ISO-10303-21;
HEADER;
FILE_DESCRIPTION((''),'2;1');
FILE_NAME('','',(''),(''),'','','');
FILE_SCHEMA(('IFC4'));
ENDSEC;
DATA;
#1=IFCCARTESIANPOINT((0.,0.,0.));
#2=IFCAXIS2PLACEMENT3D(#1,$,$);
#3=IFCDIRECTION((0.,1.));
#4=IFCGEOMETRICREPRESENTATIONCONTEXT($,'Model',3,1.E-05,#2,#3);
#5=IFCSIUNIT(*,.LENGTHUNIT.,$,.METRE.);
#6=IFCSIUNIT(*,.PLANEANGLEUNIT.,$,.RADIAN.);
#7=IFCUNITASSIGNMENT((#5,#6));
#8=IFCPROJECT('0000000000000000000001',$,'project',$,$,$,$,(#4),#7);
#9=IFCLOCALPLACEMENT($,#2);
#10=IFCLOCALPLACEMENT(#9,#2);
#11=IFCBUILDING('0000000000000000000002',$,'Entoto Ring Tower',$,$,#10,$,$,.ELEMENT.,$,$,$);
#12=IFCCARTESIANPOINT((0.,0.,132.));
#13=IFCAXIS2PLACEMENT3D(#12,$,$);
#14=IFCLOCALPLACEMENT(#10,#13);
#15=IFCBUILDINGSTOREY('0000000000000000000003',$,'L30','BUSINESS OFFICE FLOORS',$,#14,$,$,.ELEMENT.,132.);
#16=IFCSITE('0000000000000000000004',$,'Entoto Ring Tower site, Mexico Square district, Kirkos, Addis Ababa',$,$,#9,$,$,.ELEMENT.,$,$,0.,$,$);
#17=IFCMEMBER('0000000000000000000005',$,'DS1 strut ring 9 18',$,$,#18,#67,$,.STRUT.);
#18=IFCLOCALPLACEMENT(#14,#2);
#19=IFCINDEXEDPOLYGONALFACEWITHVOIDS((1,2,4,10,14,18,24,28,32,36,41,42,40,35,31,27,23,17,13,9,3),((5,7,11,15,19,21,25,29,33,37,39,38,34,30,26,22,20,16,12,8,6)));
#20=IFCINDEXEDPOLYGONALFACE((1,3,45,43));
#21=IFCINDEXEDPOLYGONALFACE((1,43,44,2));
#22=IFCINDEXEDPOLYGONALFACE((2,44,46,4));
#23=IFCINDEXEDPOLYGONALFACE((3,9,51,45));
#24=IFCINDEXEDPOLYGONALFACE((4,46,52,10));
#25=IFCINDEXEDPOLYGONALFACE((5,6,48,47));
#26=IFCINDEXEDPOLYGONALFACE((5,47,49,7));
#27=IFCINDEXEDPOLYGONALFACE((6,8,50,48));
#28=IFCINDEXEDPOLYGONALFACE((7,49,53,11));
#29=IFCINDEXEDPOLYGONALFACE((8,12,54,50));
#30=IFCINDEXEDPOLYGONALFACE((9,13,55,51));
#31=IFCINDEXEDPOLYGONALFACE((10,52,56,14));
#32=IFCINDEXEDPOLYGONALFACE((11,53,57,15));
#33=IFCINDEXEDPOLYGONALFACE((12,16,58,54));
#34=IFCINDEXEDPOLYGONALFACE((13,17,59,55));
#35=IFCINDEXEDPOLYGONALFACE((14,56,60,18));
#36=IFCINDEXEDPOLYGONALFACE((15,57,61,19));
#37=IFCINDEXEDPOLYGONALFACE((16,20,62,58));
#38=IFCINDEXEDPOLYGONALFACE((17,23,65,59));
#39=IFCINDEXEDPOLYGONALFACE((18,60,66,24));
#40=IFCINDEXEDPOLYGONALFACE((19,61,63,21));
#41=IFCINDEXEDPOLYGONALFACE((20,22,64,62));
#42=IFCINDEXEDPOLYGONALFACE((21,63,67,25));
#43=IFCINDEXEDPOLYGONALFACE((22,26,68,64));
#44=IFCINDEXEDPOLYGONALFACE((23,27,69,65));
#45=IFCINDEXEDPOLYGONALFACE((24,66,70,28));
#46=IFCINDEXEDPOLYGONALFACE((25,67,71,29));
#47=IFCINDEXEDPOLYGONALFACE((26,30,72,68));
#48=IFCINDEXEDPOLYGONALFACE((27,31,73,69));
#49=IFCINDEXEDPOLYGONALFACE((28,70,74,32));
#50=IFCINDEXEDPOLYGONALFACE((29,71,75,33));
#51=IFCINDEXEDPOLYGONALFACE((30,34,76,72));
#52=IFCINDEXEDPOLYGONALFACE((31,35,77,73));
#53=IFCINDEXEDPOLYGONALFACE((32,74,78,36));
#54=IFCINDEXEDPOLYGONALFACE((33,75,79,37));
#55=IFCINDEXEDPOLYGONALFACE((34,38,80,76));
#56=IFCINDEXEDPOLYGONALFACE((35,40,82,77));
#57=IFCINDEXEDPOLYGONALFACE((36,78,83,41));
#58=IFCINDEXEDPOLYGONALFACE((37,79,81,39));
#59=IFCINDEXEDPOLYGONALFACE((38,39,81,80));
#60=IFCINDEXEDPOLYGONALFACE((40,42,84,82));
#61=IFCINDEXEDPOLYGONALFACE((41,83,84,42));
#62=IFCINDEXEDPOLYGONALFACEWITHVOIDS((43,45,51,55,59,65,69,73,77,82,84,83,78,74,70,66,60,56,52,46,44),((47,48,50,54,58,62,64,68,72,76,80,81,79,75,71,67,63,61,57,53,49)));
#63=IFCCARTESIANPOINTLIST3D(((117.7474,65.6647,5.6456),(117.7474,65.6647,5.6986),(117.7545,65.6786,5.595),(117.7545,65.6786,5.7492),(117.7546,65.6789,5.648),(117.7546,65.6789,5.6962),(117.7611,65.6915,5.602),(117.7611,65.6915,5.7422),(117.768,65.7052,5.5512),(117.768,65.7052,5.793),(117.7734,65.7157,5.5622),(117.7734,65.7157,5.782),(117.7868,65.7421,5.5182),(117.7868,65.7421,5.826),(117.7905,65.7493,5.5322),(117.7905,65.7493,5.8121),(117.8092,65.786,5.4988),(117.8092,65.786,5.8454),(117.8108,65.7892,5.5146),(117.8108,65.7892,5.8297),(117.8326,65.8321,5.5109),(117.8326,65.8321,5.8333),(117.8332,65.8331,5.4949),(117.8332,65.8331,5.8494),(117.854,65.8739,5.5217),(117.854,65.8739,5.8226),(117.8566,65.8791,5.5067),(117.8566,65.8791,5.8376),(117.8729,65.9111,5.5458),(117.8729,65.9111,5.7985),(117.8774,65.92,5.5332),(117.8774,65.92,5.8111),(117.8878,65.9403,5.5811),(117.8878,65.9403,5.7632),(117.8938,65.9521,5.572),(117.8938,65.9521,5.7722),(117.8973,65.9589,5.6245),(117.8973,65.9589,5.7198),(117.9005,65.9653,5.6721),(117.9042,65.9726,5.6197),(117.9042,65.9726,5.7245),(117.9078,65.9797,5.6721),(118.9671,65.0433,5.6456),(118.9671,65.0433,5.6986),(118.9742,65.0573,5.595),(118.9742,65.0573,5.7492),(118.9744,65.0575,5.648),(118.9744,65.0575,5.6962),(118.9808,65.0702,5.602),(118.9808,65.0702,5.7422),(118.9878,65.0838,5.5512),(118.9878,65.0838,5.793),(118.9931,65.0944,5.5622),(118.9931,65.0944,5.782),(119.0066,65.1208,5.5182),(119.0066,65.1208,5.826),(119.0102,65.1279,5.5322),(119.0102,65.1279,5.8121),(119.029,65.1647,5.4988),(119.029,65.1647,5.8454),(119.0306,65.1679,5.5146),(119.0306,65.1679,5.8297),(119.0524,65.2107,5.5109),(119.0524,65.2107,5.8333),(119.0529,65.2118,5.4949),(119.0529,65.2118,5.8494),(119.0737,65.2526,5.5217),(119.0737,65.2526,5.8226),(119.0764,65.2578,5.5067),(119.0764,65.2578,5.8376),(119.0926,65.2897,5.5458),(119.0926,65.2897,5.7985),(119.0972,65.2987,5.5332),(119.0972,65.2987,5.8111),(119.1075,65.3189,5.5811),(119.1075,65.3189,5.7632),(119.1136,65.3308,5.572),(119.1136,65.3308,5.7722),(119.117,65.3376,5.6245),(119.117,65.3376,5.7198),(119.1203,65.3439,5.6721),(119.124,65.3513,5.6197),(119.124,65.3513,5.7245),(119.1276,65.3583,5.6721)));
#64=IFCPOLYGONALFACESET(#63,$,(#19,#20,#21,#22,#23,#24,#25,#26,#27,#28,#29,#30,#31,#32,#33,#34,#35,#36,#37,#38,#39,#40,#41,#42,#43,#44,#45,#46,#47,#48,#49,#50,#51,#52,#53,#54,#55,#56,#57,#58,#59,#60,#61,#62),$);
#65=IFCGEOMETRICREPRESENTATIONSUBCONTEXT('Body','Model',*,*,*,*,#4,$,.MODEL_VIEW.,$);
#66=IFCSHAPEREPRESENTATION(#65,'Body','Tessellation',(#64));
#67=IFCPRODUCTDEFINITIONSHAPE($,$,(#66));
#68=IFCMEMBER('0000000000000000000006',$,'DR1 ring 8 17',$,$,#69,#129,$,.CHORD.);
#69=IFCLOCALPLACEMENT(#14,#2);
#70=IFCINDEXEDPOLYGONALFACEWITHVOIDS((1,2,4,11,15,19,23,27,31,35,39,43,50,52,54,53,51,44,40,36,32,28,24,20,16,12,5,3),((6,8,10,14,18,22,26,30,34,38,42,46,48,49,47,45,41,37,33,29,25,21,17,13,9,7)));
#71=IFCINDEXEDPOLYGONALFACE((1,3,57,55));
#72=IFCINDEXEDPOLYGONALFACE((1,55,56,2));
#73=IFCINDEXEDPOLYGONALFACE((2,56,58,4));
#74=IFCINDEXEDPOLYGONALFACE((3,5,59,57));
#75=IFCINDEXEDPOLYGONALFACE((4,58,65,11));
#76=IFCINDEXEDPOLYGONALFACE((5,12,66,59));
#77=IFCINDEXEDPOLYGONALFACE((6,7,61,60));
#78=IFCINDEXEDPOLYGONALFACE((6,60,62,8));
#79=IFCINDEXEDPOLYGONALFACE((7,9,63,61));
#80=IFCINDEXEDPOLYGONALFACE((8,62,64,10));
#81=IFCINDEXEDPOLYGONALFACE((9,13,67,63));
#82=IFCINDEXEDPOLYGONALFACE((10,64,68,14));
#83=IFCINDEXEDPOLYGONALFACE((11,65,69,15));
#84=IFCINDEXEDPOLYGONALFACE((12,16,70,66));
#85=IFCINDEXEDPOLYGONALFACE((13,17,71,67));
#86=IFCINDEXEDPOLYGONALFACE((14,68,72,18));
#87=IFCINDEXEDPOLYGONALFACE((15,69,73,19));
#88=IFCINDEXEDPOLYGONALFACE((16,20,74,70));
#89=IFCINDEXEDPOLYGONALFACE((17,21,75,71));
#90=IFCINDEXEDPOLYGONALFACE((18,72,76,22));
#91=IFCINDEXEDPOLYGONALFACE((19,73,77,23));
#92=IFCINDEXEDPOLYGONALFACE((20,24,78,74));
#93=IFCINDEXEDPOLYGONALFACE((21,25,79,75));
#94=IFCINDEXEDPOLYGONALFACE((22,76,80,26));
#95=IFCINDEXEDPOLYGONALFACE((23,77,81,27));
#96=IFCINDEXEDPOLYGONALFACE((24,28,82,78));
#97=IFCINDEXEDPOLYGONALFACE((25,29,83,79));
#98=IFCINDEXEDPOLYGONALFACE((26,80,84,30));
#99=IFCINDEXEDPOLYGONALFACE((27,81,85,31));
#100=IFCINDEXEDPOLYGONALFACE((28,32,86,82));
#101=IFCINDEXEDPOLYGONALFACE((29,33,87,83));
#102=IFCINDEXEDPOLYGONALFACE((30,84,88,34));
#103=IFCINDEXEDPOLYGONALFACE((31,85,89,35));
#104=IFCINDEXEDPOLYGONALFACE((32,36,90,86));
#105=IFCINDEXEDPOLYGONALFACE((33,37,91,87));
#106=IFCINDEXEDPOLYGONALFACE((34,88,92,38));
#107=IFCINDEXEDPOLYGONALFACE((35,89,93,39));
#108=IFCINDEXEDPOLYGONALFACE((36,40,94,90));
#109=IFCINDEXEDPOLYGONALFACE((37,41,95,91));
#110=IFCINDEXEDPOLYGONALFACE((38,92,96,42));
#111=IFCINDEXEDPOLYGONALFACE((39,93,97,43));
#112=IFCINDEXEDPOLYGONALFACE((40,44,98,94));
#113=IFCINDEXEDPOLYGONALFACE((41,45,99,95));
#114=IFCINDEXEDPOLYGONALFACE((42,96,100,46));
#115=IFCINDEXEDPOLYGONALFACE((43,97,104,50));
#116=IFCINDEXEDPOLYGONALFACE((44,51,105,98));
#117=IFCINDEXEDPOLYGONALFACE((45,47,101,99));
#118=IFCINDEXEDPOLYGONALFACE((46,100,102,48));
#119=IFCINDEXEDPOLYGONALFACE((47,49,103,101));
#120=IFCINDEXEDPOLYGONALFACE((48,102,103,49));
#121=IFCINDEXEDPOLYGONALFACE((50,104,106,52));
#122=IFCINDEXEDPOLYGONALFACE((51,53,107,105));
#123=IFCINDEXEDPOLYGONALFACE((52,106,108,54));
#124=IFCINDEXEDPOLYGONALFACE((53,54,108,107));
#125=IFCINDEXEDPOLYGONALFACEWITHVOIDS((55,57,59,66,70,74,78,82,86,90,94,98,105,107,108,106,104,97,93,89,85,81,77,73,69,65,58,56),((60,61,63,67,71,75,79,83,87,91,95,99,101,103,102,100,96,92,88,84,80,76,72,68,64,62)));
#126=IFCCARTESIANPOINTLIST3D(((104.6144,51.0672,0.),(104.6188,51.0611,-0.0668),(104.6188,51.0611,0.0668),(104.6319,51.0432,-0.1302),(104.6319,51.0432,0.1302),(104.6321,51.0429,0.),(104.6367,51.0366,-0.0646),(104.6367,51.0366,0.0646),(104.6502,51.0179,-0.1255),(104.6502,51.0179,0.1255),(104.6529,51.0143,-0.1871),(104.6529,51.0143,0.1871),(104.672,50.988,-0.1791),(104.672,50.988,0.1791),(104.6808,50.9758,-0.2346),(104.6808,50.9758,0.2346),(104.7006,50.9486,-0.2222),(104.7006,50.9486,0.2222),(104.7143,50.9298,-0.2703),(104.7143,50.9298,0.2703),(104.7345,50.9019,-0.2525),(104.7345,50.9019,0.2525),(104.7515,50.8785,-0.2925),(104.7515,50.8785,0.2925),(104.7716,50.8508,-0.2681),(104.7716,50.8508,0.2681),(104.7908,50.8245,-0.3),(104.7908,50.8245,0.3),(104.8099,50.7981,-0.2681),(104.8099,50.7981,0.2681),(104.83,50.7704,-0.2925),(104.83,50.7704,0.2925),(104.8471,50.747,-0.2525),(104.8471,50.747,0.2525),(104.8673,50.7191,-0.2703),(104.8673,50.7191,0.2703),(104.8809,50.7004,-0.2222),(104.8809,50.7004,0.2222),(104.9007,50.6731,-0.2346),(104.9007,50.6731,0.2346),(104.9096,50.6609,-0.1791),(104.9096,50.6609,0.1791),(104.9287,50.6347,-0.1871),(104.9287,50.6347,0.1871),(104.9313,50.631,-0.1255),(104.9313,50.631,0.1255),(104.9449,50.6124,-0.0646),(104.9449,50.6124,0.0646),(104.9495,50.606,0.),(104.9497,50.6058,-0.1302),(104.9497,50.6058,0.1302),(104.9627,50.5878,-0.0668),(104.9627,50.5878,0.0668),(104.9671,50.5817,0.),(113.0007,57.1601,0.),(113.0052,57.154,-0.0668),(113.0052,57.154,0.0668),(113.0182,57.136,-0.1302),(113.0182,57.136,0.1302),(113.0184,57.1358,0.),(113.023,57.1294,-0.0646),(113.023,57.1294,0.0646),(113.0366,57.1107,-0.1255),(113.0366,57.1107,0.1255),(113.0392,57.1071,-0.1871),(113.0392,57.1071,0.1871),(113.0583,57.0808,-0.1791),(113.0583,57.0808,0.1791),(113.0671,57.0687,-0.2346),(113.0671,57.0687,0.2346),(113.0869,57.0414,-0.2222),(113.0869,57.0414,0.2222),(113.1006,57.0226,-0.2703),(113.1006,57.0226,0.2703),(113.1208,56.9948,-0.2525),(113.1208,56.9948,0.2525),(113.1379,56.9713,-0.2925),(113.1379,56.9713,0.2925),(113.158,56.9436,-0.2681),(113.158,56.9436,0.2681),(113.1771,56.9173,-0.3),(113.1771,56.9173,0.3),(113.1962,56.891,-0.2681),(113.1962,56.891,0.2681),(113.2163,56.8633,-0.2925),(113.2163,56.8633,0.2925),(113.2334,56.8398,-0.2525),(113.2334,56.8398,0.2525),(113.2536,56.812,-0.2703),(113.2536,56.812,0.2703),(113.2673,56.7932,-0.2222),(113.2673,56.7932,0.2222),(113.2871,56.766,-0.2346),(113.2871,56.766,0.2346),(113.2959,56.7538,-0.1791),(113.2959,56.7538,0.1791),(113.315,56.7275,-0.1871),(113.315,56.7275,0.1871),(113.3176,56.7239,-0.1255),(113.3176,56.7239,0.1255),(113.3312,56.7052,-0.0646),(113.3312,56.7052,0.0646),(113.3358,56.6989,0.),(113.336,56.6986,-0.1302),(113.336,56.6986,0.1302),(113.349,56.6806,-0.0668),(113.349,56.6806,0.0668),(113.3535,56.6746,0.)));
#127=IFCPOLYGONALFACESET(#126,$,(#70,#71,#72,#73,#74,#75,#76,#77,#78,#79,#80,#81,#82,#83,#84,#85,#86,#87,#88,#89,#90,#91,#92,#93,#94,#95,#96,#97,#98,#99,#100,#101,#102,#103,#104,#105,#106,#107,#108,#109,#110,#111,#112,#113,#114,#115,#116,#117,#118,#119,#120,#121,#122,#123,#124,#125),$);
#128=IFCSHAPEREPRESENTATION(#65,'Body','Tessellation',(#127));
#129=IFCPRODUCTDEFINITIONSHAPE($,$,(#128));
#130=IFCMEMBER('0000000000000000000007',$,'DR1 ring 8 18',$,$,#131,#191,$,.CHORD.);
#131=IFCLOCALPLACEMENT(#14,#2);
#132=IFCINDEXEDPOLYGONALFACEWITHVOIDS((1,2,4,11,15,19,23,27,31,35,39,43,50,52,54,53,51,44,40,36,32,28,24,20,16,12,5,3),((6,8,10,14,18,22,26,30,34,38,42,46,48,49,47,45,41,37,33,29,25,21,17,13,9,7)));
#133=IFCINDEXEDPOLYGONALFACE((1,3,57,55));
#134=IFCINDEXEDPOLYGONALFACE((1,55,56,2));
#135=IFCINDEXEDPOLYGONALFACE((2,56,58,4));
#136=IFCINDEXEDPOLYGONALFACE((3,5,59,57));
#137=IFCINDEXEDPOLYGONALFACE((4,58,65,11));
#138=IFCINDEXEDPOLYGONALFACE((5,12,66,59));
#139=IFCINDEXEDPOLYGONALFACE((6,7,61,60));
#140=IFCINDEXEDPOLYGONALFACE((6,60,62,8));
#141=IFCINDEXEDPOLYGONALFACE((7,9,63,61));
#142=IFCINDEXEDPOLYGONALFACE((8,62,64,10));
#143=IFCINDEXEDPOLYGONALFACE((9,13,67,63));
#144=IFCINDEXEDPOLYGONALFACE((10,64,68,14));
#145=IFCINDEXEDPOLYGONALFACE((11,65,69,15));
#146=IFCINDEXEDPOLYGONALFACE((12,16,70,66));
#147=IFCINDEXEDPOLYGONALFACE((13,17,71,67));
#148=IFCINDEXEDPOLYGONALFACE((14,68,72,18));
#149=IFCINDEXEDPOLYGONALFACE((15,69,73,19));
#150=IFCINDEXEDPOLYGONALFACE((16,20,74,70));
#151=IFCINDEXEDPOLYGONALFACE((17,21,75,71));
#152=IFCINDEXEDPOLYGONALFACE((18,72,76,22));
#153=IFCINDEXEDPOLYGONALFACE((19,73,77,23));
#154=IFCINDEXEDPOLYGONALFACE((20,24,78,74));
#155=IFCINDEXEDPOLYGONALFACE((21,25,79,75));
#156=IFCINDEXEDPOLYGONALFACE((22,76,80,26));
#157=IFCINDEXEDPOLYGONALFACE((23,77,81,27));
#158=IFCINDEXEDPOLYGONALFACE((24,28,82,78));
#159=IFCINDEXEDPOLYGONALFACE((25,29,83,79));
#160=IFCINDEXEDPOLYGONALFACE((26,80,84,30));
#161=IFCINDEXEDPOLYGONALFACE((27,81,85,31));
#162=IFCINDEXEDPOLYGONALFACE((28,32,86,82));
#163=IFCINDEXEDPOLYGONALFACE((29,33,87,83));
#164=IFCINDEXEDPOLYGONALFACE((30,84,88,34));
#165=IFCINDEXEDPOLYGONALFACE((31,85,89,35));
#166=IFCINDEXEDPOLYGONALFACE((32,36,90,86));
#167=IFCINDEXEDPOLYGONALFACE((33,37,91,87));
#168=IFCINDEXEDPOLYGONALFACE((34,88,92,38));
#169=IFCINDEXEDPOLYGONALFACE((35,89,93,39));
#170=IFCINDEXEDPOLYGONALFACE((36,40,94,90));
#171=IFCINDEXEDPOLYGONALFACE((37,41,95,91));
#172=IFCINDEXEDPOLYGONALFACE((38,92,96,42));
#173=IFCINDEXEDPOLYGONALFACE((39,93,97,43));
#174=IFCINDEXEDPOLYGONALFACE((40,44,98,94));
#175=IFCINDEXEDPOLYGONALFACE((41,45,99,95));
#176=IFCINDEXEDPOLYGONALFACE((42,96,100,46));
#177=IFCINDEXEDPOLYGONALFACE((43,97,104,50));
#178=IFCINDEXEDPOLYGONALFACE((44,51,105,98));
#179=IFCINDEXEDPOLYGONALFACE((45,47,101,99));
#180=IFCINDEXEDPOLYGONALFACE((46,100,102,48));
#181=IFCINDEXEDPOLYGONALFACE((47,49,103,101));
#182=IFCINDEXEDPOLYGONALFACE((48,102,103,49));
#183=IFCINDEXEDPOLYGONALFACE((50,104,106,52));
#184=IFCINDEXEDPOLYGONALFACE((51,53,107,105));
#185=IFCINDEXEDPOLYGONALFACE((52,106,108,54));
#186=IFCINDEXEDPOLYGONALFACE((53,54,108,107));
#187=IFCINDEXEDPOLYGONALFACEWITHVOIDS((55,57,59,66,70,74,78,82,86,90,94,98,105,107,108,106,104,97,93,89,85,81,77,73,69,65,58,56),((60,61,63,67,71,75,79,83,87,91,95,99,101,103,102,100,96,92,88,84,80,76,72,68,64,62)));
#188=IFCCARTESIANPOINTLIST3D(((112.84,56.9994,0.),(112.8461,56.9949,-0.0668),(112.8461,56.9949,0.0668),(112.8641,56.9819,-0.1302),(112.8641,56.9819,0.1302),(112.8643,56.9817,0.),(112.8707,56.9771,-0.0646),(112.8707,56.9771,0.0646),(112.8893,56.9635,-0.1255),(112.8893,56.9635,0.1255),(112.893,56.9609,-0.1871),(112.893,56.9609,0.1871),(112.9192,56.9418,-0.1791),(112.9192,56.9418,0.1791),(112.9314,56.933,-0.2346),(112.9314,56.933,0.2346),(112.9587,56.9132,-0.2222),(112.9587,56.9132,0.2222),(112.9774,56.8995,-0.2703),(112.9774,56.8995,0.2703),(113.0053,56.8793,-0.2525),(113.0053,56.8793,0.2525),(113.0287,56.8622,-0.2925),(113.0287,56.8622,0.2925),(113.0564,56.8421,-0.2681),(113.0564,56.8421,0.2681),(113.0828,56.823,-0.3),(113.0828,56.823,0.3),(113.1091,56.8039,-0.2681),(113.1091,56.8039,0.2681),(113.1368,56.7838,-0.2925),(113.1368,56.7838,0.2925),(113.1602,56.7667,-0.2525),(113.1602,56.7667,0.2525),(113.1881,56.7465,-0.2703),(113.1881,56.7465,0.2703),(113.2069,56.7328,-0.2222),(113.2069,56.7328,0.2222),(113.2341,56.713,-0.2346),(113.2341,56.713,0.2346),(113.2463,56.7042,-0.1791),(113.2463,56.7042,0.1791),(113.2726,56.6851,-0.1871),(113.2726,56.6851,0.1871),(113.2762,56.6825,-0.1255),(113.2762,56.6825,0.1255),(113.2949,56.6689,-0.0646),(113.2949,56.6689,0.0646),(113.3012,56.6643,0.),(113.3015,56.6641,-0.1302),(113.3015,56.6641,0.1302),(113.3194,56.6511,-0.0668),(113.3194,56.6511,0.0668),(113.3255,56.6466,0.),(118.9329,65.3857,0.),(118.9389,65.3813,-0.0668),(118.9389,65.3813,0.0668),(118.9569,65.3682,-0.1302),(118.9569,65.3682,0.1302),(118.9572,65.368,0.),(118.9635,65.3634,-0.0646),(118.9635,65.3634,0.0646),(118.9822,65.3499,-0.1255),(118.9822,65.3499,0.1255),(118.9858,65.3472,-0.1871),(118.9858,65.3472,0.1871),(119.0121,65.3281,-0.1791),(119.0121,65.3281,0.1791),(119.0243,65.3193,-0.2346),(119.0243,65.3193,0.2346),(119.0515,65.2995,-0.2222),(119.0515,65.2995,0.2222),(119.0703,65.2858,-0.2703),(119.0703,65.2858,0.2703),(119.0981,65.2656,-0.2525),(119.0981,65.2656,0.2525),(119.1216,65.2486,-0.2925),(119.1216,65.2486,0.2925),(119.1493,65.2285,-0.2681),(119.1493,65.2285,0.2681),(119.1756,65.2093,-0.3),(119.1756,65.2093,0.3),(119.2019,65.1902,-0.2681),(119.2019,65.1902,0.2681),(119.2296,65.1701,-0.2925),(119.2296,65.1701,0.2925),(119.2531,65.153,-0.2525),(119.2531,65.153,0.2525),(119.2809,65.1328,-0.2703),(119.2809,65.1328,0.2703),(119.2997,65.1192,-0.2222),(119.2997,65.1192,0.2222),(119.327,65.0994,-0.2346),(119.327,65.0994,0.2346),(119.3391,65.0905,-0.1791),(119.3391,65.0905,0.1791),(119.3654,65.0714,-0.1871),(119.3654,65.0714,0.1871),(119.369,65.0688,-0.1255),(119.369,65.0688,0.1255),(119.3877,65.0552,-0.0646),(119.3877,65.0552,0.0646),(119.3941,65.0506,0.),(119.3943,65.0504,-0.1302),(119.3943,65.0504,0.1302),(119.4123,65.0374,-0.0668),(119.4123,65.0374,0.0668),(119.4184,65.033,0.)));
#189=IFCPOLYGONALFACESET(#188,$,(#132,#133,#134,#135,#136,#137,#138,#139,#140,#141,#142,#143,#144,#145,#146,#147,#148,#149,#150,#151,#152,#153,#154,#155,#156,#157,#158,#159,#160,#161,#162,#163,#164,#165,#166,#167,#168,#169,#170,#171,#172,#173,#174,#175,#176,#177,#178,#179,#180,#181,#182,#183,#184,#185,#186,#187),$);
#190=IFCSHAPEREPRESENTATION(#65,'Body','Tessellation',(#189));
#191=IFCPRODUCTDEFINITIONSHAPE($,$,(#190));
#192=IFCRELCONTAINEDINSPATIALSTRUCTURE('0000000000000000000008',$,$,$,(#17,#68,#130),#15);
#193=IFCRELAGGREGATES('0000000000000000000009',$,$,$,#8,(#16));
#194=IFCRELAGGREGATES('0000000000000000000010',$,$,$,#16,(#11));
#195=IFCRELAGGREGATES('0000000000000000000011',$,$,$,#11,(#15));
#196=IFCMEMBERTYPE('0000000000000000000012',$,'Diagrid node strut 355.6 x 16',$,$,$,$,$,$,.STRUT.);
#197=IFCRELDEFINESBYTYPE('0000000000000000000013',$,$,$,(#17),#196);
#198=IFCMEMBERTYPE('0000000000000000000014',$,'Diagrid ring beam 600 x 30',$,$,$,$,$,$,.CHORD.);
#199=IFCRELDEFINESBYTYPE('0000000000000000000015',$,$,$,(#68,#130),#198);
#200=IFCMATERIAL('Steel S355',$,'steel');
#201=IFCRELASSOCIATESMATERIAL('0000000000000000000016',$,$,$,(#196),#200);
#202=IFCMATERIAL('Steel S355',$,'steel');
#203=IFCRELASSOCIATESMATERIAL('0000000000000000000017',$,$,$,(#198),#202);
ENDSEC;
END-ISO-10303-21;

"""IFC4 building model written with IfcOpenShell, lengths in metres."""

from ifc_helpers import new_model, si_unit, direction, frame, origin, origin_2d, place, context, subcontext, project, spatial, circle, hollow_circle, extrude, material, material_profile, profile_set, type_object, element, save


model = new_model("IFC4")

# Units and contexts
model_context = context("Model", 3, precision=1e-05, world=origin(), true_north=direction((0.0, 1.0)))
body_context = subcontext(model_context, "Body", "Model", "MODEL_VIEW")
ifc_project = project(units=[si_unit("LENGTHUNIT", "METRE"), si_unit("PLANEANGLEUNIT", "RADIAN")], contexts=[model_context])

# Site, building, storey
site_placement = place(None, origin())
site = spatial("IfcSite", under=ifc_project, at=site_placement, Name="Entoto Ring Tower site, Mexico Square district, Kirkos, Addis Ababa", CompositionType="ELEMENT", RefElevation=0.0)
building_placement = place(site_placement, origin())
building = spatial("IfcBuilding", under=site, at=building_placement, Name="Entoto Ring Tower", CompositionType="ELEMENT")
storey_placement = place(building_placement, frame((0.0, 0.0, 132.0)))
storey = spatial("IfcBuildingStorey", under=building, at=storey_placement, Name="L30", Description="BUSINESS OFFICE FLOORS", CompositionType="ELEMENT", Elevation=132.0)

# Members
ifc_material_1 = material(Name="Steel S355", Category="steel")
ifc_material_profile_1 = material_profile(ifc_material_1, hollow_circle(Radius=0.1777, WallThickness=0.0161, at=origin_2d()), Name="CHS 355.6 x 16")
ifc_material_2 = material(Name="Concrete C60/75", Category="concrete")
ifc_material_profile_2 = material_profile(ifc_material_2, circle(Radius=0.1619, at=origin_2d()), Name="Concrete C60/75 infill")
ifc_profile_set_1 = profile_set([ifc_material_profile_1, ifc_material_profile_2], Name="Steel S355")
member_type_1 = type_object("IfcMemberType", Name="Diagrid node strut 355.6 x 16", PredefinedType="STRUT", material=ifc_profile_set_1)
for number, where, z_axis, x_axis, name in (
    (1, (117.8271, 65.8213, 5.6721), (0.891049, -0.453907, 0.0), (0.453907, 0.891049, 0.0), "DS1 strut ring 9 18"),
):
    element("IfcMember", number, at=place(storey_placement, frame(where, z_axis=z_axis, x_axis=x_axis)), inside=storey, type_object=member_type_1, Name=name, PredefinedType="STRUT", context=body_context, shape_type="SweptSolid", body=[
        extrude(hollow_circle(Radius=0.1777, WallThickness=0.0161, at=origin_2d()), origin(), (0.0, 0.0, 1.0), 1.3689),
    ])
ifc_material_3 = material(Name="Steel S355", Category="steel")
ifc_material_profile_3 = material_profile(ifc_material_3, hollow_circle(Radius=0.3, WallThickness=0.03, at=origin_2d()), Name="CHS 600 x 30")
ifc_material_4 = material(Name="Concrete C60/75", Category="concrete")
ifc_material_profile_4 = material_profile(ifc_material_4, circle(Radius=0.27, at=origin_2d()), Name="Concrete C60/75 infill")
ifc_profile_set_2 = profile_set([ifc_material_profile_3, ifc_material_profile_4], Name="Steel S355")
member_type_2 = type_object("IfcMemberType", Name="Diagrid ring beam 600 x 30", PredefinedType="CHORD", material=ifc_profile_set_2)
for number, where, z_axis, x_axis, name in (
    (2, (104.7908, 50.8245, 0.0), (0.809025, 0.587774, 0.0), (-0.587774, 0.809025, 0.0), "DR1 ring 8 17"),
    (3, (113.0828, 56.823, 0.0), (0.587774, 0.809025, 0.0), (-0.809025, 0.587774, 0.0), "DR1 ring 8 18"),
):
    element("IfcMember", number, at=place(storey_placement, frame(where, z_axis=z_axis, x_axis=x_axis)), inside=storey, type_object=member_type_2, Name=name, PredefinedType="CHORD", context=body_context, shape_type="SweptSolid", body=[
        extrude(hollow_circle(Radius=0.3, WallThickness=0.03, at=origin_2d()), origin(), (0.0, 0.0, 1.0), 10.366),
    ])

save(model, "model.ifc")
